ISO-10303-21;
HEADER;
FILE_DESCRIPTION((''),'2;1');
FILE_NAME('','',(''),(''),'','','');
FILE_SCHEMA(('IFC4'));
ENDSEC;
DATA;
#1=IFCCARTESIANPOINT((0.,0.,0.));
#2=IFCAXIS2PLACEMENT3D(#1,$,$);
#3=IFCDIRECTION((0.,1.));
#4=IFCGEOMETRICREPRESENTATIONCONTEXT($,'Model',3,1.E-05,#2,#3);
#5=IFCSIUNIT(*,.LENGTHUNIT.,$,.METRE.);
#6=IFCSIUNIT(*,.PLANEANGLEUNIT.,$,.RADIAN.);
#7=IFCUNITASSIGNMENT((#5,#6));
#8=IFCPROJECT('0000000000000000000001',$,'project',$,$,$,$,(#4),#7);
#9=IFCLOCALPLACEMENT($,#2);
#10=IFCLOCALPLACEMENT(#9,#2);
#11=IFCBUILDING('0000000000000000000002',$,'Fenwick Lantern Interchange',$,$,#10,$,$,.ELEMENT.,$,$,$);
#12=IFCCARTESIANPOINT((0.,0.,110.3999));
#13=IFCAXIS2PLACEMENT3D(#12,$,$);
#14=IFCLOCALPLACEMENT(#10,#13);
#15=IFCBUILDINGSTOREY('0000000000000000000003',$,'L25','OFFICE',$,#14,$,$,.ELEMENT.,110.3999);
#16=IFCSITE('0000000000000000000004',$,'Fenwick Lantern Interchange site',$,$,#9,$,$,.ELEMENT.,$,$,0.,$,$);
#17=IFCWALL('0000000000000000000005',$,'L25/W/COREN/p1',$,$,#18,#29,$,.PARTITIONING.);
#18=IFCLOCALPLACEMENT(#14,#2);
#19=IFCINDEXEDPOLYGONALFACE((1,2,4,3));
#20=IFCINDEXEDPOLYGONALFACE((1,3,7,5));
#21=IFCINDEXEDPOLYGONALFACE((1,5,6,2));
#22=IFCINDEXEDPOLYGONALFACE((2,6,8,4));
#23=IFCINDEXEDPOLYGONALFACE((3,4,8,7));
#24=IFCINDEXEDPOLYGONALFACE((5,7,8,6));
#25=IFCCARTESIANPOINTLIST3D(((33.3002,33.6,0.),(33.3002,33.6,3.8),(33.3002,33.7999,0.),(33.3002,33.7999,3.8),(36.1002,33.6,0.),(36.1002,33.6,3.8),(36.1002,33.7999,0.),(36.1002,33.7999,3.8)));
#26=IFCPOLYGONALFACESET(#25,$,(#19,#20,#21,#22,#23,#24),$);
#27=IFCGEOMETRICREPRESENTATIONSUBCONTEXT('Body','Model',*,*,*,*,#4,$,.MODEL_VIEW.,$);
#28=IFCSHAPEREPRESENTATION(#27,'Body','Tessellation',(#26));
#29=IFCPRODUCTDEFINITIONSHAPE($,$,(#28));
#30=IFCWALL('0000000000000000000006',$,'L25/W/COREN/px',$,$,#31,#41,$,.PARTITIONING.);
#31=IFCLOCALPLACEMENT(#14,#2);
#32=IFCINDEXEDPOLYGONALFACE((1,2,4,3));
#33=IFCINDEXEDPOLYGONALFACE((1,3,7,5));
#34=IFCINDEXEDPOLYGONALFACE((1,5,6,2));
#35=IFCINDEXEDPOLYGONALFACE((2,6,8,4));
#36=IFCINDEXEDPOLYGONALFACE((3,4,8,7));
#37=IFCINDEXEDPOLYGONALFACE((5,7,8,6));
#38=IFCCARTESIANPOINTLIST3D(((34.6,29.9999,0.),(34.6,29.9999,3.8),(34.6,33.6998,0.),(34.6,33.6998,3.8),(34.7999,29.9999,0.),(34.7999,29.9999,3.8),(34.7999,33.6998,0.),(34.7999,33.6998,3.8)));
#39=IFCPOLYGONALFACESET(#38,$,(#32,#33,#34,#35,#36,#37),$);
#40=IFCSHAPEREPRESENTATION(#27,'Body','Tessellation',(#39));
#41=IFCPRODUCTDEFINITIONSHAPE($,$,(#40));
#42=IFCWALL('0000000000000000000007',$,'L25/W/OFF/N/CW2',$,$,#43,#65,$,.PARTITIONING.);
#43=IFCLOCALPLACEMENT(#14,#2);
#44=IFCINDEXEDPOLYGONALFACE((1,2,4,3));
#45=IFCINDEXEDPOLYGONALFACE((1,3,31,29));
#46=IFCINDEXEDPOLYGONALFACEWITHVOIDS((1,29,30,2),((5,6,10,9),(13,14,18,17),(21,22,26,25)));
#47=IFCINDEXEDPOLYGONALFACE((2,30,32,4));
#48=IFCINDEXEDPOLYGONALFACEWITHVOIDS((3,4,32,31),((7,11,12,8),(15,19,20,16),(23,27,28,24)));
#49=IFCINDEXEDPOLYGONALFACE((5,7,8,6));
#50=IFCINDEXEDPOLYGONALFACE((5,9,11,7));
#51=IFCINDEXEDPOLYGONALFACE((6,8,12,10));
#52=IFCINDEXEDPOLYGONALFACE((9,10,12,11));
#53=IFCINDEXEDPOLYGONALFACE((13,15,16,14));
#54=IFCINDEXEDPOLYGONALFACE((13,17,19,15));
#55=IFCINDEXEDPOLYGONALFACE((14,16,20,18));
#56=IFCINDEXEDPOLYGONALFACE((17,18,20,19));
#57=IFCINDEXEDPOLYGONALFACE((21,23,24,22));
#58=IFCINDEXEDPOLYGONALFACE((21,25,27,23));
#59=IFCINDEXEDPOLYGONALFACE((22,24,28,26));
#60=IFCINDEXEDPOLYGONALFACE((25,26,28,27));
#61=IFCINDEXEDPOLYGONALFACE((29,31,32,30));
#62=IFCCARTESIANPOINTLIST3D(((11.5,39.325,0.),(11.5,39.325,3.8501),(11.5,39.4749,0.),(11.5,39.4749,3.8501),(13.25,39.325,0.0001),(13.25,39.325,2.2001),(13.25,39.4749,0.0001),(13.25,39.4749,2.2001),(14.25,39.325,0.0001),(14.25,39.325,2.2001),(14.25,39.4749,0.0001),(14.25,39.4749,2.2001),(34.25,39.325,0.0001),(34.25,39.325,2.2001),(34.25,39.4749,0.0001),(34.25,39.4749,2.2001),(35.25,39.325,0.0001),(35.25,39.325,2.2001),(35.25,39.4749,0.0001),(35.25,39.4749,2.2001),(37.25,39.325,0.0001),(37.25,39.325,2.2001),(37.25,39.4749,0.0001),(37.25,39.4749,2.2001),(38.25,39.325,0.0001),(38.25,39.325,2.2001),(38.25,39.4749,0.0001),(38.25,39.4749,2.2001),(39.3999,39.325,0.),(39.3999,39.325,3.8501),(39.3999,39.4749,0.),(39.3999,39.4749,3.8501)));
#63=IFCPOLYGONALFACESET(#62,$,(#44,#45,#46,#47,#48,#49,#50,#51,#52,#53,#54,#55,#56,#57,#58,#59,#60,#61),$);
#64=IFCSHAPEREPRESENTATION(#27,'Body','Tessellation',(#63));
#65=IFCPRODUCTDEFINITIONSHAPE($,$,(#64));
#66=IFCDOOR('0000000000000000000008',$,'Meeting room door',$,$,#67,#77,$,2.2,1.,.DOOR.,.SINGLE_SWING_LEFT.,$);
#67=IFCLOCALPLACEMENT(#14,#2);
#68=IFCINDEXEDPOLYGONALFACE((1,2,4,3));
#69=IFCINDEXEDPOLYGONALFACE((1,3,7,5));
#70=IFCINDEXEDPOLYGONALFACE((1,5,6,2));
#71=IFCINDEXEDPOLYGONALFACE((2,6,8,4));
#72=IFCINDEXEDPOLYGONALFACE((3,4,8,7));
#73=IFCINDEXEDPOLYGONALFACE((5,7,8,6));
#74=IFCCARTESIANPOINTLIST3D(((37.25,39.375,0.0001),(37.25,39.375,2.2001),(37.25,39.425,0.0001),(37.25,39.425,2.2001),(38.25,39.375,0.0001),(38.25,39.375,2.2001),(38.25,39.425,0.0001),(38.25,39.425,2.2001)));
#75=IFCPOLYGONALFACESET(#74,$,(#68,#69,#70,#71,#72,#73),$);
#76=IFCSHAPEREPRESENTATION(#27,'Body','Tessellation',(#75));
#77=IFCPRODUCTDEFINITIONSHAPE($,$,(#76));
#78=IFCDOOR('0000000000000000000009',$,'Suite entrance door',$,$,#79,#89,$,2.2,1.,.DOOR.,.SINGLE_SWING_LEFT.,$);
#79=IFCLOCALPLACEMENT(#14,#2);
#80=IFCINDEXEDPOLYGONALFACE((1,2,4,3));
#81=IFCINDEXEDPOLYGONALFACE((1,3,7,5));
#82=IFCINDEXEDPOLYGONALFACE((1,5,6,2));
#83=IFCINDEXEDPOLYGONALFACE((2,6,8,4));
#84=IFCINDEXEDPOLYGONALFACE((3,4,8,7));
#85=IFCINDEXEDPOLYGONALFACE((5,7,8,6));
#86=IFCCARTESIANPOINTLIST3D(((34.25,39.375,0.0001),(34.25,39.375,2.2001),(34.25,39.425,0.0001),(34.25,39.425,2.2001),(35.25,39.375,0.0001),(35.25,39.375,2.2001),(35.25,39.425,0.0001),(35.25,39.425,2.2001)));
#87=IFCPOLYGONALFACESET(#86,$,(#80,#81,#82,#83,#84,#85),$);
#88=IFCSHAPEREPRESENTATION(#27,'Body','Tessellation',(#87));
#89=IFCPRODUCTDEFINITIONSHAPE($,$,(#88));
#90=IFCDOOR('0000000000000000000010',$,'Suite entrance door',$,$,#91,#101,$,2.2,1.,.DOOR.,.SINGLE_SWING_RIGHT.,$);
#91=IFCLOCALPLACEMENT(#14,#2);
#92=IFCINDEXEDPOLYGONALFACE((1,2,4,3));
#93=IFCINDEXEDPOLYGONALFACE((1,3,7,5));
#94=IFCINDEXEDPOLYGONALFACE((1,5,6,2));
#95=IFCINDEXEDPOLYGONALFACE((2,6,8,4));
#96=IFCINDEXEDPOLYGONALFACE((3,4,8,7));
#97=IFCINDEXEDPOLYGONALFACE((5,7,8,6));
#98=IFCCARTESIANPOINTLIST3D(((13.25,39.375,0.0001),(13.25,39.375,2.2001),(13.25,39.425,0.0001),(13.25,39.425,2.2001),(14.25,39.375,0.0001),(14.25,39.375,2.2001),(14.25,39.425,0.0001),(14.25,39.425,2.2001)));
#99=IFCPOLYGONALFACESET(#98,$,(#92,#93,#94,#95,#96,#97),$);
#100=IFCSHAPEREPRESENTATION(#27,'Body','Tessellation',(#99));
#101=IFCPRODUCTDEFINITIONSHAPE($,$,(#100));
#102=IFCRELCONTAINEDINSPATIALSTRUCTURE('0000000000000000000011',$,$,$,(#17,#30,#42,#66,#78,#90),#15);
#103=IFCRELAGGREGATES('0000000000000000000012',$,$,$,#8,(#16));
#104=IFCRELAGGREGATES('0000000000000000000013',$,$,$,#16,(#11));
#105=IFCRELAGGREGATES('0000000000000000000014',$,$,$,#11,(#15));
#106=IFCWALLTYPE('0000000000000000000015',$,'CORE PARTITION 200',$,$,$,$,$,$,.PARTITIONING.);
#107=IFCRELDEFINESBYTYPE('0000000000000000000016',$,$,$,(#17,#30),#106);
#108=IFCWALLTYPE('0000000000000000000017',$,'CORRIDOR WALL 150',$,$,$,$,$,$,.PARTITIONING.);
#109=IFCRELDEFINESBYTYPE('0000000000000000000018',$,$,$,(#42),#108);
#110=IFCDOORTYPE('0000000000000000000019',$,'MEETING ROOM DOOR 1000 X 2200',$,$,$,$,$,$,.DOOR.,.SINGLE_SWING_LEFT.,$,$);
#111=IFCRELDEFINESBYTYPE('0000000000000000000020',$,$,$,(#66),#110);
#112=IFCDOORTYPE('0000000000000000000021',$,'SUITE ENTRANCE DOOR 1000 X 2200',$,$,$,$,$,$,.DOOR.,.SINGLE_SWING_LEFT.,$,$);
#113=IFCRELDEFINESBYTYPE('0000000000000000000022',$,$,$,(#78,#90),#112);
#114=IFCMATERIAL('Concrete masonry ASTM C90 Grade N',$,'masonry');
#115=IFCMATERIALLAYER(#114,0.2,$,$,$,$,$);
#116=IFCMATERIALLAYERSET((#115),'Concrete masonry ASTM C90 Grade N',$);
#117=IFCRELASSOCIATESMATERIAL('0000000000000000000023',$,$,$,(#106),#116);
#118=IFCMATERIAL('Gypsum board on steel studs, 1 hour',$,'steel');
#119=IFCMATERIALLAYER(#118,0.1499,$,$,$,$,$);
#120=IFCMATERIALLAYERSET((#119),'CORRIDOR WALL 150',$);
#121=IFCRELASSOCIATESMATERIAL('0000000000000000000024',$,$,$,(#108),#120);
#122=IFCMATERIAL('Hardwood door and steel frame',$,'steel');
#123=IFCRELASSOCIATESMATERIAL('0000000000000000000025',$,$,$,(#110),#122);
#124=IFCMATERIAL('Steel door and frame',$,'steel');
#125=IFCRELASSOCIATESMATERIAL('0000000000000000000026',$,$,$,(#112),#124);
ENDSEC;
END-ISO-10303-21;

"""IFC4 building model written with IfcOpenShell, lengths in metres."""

from ifc_helpers import new_model, si_unit, direction, frame, frame_2d, origin, place, context, subcontext, project, spatial, rectangle, extrude, material, layer, layer_set, type_object, element, fill, save


model = new_model("IFC4")

# Units and contexts
model_context = context("Model", 3, precision=1e-05, world=origin(), true_north=direction((0.0, 1.0)))
body_context = subcontext(model_context, "Body", "Model", "MODEL_VIEW")
ifc_project = project(units=[si_unit("LENGTHUNIT", "METRE"), si_unit("PLANEANGLEUNIT", "RADIAN")], contexts=[model_context])

# Site, building, storey
site_placement = place(None, origin())
site = spatial("IfcSite", under=ifc_project, at=site_placement, Name="Fenwick Lantern Interchange site", CompositionType="ELEMENT", RefElevation=0.0)
building_placement = place(site_placement, origin())
building = spatial("IfcBuilding", under=site, at=building_placement, Name="Fenwick Lantern Interchange", CompositionType="ELEMENT")
storey_placement = place(building_placement, frame((0.0, 0.0, 110.3999)))
storey = spatial("IfcBuildingStorey", under=building, at=storey_placement, Name="L25", Description="OFFICE", CompositionType="ELEMENT", Elevation=110.3999)

# Shared definitions
ifc_material_1 = material(Name="Concrete masonry ASTM C90 Grade N", Category="masonry")
ifc_layer_1 = layer(ifc_material_1, 0.2)
ifc_layer_set_1 = layer_set([ifc_layer_1], Name="Concrete masonry ASTM C90 Grade N")
wall_type_1 = type_object("IfcWallType", Name="CORE PARTITION 200", PredefinedType="PARTITIONING", material=ifc_layer_set_1)
ifc_material_2 = material(Name="Steel door and frame", Category="steel")

# Walls
for number, where, z_axis, x_axis, name in (
    (1, (36.1001, 33.7, 0.0), (0.0, 0.0, 1.0), (-1.0, 0.0, 0.0), "L25/W/COREN/p1"),
):
    element("IfcWall", number, at=place(storey_placement, frame(where, z_axis=z_axis, x_axis=x_axis)), inside=storey, type_object=wall_type_1, Name=name, PredefinedType="PARTITIONING", context=body_context, shape_type="SweptSolid", body=[
        extrude(rectangle(XDim=2.8, YDim=0.2, at=frame_2d((1.3999, 0.0))), origin(), (0.0, 0.0, 1.0), 3.8),
    ])
wall_1_placement = place(storey_placement, frame((34.7, 33.7, 0.0), z_axis=(0.0, 0.0, 1.0), x_axis=(0.0, -1.0, 0.0)))
element("IfcWall", 2, at=wall_1_placement, inside=storey, type_object=wall_type_1, Name="L25/W/COREN/px", PredefinedType="PARTITIONING", context=body_context, shape_type="SweptSolid", body=[
    extrude(rectangle(XDim=3.7, YDim=0.2, at=frame_2d((1.8501, 0.0))), origin(), (0.0, 0.0, 1.0), 3.8),
])

# Wall, openings, doors
ifc_material_3 = material(Name="Hardwood door and steel frame", Category="steel")
ifc_material_4 = material(Name="Gypsum board on steel studs, 1 hour", Category="steel")
ifc_layer_2 = layer(ifc_material_4, 0.1499)
ifc_layer_set_2 = layer_set([ifc_layer_2], Name="CORRIDOR WALL 150")
wall_type_2 = type_object("IfcWallType", Name="CORRIDOR WALL 150", PredefinedType="PARTITIONING", material=ifc_layer_set_2)
wall_2_placement = place(storey_placement, frame((39.3999, 39.3999, 0.0), z_axis=(0.0, 0.0, 1.0), x_axis=(-1.0, 0.0, 0.0)))
wall_2 = element("IfcWall", 3, at=wall_2_placement, inside=storey, type_object=wall_type_2, Name="L25/W/OFF/N/CW2", PredefinedType="PARTITIONING", context=body_context, shape_type="SweptSolid", body=[
    extrude(rectangle(XDim=27.8999, YDim=0.1499, at=frame_2d((13.95, 0.0))), origin(), (0.0, 0.0, 1.0), 3.8501),
])
opening_1_placement = place(wall_2_placement, frame((4.1499, 0.0, 0.0)))
opening_1 = element("IfcOpeningElement", 4, at=opening_1_placement, cuts=wall_2, PredefinedType="OPENING", context=body_context, shape_type="SweptSolid", body=[
    extrude(rectangle(XDim=1.0, YDim=2.2, at=frame_2d((0.5, 1.1001))), frame((0.0, 0.085, 0.0), z_axis=(0.0, -1.0, 0.0), x_axis=(1.0, 0.0, 0.0)), (0.0, 0.0, 1.0), 0.1699),
])
opening_2_placement = place(wall_2_placement, frame((25.1499, 0.0, 0.0)))
opening_2 = element("IfcOpeningElement", 5, at=opening_2_placement, cuts=wall_2, PredefinedType="OPENING", context=body_context, shape_type="SweptSolid", body=[
    extrude(rectangle(XDim=1.0, YDim=2.2, at=frame_2d((0.5, 1.1001))), frame((0.0, 0.085, 0.0), z_axis=(0.0, -1.0, 0.0), x_axis=(1.0, 0.0, 0.0)), (0.0, 0.0, 1.0), 0.1699),
])
opening_3_placement = place(wall_2_placement, frame((1.1499, 0.0, 0.0)))
opening_3 = element("IfcOpeningElement", 6, at=opening_3_placement, cuts=wall_2, PredefinedType="OPENING", context=body_context, shape_type="SweptSolid", body=[
    extrude(rectangle(XDim=1.0, YDim=2.2, at=frame_2d((0.5, 1.1001))), frame((0.0, 0.085, 0.0), z_axis=(0.0, -1.0, 0.0), x_axis=(1.0, 0.0, 0.0)), (0.0, 0.0, 1.0), 0.1699),
])
door_type_1 = type_object("IfcDoorType", Name="MEETING ROOM DOOR 1000 X 2200", OperationType="SINGLE_SWING_LEFT", PredefinedType="DOOR", material=ifc_material_3)
door_1_placement = place(opening_3_placement, origin())
door_1 = element("IfcDoor", 7, at=door_1_placement, inside=storey, type_object=door_type_1, Name="Meeting room door", OperationType="SINGLE_SWING_LEFT", OverallHeight=2.2, OverallWidth=1.0, PredefinedType="DOOR", context=body_context, shape_type="SweptSolid", body=[
    extrude(rectangle(XDim=1.0, YDim=2.2, at=frame_2d((0.5, 1.1001))), frame((0.0, 0.0249, 0.0), z_axis=(0.0, -1.0, 0.0), x_axis=(1.0, 0.0, 0.0)), (0.0, 0.0, 1.0), 0.05),
])
fill(opening_3, door_1)
door_type_2 = type_object("IfcDoorType", Name="SUITE ENTRANCE DOOR 1000 X 2200", OperationType="SINGLE_SWING_LEFT", PredefinedType="DOOR", material=ifc_material_2)
door_2_placement = place(opening_1_placement, origin())
door_2 = element("IfcDoor", 8, at=door_2_placement, inside=storey, type_object=door_type_2, Name="Suite entrance door", OperationType="SINGLE_SWING_LEFT", OverallHeight=2.2, OverallWidth=1.0, PredefinedType="DOOR", context=body_context, shape_type="SweptSolid", body=[
    extrude(rectangle(XDim=1.0, YDim=2.2, at=frame_2d((0.5, 1.1001))), frame((0.0, 0.0249, 0.0), z_axis=(0.0, -1.0, 0.0), x_axis=(1.0, 0.0, 0.0)), (0.0, 0.0, 1.0), 0.05),
])
fill(opening_1, door_2)
door_3_placement = place(opening_2_placement, origin())
door_3 = element("IfcDoor", 9, at=door_3_placement, inside=storey, type_object=door_type_2, Name="Suite entrance door", OperationType="SINGLE_SWING_RIGHT", OverallHeight=2.2, OverallWidth=1.0, PredefinedType="DOOR", context=body_context, shape_type="SweptSolid", body=[
    extrude(rectangle(XDim=1.0, YDim=2.2, at=frame_2d((0.5, 1.1001))), frame((0.0, 0.0249, 0.0), z_axis=(0.0, -1.0, 0.0), x_axis=(1.0, 0.0, 0.0)), (0.0, 0.0, 1.0), 0.05),
])
fill(opening_2, door_3)

save(model, "model.ifc")
